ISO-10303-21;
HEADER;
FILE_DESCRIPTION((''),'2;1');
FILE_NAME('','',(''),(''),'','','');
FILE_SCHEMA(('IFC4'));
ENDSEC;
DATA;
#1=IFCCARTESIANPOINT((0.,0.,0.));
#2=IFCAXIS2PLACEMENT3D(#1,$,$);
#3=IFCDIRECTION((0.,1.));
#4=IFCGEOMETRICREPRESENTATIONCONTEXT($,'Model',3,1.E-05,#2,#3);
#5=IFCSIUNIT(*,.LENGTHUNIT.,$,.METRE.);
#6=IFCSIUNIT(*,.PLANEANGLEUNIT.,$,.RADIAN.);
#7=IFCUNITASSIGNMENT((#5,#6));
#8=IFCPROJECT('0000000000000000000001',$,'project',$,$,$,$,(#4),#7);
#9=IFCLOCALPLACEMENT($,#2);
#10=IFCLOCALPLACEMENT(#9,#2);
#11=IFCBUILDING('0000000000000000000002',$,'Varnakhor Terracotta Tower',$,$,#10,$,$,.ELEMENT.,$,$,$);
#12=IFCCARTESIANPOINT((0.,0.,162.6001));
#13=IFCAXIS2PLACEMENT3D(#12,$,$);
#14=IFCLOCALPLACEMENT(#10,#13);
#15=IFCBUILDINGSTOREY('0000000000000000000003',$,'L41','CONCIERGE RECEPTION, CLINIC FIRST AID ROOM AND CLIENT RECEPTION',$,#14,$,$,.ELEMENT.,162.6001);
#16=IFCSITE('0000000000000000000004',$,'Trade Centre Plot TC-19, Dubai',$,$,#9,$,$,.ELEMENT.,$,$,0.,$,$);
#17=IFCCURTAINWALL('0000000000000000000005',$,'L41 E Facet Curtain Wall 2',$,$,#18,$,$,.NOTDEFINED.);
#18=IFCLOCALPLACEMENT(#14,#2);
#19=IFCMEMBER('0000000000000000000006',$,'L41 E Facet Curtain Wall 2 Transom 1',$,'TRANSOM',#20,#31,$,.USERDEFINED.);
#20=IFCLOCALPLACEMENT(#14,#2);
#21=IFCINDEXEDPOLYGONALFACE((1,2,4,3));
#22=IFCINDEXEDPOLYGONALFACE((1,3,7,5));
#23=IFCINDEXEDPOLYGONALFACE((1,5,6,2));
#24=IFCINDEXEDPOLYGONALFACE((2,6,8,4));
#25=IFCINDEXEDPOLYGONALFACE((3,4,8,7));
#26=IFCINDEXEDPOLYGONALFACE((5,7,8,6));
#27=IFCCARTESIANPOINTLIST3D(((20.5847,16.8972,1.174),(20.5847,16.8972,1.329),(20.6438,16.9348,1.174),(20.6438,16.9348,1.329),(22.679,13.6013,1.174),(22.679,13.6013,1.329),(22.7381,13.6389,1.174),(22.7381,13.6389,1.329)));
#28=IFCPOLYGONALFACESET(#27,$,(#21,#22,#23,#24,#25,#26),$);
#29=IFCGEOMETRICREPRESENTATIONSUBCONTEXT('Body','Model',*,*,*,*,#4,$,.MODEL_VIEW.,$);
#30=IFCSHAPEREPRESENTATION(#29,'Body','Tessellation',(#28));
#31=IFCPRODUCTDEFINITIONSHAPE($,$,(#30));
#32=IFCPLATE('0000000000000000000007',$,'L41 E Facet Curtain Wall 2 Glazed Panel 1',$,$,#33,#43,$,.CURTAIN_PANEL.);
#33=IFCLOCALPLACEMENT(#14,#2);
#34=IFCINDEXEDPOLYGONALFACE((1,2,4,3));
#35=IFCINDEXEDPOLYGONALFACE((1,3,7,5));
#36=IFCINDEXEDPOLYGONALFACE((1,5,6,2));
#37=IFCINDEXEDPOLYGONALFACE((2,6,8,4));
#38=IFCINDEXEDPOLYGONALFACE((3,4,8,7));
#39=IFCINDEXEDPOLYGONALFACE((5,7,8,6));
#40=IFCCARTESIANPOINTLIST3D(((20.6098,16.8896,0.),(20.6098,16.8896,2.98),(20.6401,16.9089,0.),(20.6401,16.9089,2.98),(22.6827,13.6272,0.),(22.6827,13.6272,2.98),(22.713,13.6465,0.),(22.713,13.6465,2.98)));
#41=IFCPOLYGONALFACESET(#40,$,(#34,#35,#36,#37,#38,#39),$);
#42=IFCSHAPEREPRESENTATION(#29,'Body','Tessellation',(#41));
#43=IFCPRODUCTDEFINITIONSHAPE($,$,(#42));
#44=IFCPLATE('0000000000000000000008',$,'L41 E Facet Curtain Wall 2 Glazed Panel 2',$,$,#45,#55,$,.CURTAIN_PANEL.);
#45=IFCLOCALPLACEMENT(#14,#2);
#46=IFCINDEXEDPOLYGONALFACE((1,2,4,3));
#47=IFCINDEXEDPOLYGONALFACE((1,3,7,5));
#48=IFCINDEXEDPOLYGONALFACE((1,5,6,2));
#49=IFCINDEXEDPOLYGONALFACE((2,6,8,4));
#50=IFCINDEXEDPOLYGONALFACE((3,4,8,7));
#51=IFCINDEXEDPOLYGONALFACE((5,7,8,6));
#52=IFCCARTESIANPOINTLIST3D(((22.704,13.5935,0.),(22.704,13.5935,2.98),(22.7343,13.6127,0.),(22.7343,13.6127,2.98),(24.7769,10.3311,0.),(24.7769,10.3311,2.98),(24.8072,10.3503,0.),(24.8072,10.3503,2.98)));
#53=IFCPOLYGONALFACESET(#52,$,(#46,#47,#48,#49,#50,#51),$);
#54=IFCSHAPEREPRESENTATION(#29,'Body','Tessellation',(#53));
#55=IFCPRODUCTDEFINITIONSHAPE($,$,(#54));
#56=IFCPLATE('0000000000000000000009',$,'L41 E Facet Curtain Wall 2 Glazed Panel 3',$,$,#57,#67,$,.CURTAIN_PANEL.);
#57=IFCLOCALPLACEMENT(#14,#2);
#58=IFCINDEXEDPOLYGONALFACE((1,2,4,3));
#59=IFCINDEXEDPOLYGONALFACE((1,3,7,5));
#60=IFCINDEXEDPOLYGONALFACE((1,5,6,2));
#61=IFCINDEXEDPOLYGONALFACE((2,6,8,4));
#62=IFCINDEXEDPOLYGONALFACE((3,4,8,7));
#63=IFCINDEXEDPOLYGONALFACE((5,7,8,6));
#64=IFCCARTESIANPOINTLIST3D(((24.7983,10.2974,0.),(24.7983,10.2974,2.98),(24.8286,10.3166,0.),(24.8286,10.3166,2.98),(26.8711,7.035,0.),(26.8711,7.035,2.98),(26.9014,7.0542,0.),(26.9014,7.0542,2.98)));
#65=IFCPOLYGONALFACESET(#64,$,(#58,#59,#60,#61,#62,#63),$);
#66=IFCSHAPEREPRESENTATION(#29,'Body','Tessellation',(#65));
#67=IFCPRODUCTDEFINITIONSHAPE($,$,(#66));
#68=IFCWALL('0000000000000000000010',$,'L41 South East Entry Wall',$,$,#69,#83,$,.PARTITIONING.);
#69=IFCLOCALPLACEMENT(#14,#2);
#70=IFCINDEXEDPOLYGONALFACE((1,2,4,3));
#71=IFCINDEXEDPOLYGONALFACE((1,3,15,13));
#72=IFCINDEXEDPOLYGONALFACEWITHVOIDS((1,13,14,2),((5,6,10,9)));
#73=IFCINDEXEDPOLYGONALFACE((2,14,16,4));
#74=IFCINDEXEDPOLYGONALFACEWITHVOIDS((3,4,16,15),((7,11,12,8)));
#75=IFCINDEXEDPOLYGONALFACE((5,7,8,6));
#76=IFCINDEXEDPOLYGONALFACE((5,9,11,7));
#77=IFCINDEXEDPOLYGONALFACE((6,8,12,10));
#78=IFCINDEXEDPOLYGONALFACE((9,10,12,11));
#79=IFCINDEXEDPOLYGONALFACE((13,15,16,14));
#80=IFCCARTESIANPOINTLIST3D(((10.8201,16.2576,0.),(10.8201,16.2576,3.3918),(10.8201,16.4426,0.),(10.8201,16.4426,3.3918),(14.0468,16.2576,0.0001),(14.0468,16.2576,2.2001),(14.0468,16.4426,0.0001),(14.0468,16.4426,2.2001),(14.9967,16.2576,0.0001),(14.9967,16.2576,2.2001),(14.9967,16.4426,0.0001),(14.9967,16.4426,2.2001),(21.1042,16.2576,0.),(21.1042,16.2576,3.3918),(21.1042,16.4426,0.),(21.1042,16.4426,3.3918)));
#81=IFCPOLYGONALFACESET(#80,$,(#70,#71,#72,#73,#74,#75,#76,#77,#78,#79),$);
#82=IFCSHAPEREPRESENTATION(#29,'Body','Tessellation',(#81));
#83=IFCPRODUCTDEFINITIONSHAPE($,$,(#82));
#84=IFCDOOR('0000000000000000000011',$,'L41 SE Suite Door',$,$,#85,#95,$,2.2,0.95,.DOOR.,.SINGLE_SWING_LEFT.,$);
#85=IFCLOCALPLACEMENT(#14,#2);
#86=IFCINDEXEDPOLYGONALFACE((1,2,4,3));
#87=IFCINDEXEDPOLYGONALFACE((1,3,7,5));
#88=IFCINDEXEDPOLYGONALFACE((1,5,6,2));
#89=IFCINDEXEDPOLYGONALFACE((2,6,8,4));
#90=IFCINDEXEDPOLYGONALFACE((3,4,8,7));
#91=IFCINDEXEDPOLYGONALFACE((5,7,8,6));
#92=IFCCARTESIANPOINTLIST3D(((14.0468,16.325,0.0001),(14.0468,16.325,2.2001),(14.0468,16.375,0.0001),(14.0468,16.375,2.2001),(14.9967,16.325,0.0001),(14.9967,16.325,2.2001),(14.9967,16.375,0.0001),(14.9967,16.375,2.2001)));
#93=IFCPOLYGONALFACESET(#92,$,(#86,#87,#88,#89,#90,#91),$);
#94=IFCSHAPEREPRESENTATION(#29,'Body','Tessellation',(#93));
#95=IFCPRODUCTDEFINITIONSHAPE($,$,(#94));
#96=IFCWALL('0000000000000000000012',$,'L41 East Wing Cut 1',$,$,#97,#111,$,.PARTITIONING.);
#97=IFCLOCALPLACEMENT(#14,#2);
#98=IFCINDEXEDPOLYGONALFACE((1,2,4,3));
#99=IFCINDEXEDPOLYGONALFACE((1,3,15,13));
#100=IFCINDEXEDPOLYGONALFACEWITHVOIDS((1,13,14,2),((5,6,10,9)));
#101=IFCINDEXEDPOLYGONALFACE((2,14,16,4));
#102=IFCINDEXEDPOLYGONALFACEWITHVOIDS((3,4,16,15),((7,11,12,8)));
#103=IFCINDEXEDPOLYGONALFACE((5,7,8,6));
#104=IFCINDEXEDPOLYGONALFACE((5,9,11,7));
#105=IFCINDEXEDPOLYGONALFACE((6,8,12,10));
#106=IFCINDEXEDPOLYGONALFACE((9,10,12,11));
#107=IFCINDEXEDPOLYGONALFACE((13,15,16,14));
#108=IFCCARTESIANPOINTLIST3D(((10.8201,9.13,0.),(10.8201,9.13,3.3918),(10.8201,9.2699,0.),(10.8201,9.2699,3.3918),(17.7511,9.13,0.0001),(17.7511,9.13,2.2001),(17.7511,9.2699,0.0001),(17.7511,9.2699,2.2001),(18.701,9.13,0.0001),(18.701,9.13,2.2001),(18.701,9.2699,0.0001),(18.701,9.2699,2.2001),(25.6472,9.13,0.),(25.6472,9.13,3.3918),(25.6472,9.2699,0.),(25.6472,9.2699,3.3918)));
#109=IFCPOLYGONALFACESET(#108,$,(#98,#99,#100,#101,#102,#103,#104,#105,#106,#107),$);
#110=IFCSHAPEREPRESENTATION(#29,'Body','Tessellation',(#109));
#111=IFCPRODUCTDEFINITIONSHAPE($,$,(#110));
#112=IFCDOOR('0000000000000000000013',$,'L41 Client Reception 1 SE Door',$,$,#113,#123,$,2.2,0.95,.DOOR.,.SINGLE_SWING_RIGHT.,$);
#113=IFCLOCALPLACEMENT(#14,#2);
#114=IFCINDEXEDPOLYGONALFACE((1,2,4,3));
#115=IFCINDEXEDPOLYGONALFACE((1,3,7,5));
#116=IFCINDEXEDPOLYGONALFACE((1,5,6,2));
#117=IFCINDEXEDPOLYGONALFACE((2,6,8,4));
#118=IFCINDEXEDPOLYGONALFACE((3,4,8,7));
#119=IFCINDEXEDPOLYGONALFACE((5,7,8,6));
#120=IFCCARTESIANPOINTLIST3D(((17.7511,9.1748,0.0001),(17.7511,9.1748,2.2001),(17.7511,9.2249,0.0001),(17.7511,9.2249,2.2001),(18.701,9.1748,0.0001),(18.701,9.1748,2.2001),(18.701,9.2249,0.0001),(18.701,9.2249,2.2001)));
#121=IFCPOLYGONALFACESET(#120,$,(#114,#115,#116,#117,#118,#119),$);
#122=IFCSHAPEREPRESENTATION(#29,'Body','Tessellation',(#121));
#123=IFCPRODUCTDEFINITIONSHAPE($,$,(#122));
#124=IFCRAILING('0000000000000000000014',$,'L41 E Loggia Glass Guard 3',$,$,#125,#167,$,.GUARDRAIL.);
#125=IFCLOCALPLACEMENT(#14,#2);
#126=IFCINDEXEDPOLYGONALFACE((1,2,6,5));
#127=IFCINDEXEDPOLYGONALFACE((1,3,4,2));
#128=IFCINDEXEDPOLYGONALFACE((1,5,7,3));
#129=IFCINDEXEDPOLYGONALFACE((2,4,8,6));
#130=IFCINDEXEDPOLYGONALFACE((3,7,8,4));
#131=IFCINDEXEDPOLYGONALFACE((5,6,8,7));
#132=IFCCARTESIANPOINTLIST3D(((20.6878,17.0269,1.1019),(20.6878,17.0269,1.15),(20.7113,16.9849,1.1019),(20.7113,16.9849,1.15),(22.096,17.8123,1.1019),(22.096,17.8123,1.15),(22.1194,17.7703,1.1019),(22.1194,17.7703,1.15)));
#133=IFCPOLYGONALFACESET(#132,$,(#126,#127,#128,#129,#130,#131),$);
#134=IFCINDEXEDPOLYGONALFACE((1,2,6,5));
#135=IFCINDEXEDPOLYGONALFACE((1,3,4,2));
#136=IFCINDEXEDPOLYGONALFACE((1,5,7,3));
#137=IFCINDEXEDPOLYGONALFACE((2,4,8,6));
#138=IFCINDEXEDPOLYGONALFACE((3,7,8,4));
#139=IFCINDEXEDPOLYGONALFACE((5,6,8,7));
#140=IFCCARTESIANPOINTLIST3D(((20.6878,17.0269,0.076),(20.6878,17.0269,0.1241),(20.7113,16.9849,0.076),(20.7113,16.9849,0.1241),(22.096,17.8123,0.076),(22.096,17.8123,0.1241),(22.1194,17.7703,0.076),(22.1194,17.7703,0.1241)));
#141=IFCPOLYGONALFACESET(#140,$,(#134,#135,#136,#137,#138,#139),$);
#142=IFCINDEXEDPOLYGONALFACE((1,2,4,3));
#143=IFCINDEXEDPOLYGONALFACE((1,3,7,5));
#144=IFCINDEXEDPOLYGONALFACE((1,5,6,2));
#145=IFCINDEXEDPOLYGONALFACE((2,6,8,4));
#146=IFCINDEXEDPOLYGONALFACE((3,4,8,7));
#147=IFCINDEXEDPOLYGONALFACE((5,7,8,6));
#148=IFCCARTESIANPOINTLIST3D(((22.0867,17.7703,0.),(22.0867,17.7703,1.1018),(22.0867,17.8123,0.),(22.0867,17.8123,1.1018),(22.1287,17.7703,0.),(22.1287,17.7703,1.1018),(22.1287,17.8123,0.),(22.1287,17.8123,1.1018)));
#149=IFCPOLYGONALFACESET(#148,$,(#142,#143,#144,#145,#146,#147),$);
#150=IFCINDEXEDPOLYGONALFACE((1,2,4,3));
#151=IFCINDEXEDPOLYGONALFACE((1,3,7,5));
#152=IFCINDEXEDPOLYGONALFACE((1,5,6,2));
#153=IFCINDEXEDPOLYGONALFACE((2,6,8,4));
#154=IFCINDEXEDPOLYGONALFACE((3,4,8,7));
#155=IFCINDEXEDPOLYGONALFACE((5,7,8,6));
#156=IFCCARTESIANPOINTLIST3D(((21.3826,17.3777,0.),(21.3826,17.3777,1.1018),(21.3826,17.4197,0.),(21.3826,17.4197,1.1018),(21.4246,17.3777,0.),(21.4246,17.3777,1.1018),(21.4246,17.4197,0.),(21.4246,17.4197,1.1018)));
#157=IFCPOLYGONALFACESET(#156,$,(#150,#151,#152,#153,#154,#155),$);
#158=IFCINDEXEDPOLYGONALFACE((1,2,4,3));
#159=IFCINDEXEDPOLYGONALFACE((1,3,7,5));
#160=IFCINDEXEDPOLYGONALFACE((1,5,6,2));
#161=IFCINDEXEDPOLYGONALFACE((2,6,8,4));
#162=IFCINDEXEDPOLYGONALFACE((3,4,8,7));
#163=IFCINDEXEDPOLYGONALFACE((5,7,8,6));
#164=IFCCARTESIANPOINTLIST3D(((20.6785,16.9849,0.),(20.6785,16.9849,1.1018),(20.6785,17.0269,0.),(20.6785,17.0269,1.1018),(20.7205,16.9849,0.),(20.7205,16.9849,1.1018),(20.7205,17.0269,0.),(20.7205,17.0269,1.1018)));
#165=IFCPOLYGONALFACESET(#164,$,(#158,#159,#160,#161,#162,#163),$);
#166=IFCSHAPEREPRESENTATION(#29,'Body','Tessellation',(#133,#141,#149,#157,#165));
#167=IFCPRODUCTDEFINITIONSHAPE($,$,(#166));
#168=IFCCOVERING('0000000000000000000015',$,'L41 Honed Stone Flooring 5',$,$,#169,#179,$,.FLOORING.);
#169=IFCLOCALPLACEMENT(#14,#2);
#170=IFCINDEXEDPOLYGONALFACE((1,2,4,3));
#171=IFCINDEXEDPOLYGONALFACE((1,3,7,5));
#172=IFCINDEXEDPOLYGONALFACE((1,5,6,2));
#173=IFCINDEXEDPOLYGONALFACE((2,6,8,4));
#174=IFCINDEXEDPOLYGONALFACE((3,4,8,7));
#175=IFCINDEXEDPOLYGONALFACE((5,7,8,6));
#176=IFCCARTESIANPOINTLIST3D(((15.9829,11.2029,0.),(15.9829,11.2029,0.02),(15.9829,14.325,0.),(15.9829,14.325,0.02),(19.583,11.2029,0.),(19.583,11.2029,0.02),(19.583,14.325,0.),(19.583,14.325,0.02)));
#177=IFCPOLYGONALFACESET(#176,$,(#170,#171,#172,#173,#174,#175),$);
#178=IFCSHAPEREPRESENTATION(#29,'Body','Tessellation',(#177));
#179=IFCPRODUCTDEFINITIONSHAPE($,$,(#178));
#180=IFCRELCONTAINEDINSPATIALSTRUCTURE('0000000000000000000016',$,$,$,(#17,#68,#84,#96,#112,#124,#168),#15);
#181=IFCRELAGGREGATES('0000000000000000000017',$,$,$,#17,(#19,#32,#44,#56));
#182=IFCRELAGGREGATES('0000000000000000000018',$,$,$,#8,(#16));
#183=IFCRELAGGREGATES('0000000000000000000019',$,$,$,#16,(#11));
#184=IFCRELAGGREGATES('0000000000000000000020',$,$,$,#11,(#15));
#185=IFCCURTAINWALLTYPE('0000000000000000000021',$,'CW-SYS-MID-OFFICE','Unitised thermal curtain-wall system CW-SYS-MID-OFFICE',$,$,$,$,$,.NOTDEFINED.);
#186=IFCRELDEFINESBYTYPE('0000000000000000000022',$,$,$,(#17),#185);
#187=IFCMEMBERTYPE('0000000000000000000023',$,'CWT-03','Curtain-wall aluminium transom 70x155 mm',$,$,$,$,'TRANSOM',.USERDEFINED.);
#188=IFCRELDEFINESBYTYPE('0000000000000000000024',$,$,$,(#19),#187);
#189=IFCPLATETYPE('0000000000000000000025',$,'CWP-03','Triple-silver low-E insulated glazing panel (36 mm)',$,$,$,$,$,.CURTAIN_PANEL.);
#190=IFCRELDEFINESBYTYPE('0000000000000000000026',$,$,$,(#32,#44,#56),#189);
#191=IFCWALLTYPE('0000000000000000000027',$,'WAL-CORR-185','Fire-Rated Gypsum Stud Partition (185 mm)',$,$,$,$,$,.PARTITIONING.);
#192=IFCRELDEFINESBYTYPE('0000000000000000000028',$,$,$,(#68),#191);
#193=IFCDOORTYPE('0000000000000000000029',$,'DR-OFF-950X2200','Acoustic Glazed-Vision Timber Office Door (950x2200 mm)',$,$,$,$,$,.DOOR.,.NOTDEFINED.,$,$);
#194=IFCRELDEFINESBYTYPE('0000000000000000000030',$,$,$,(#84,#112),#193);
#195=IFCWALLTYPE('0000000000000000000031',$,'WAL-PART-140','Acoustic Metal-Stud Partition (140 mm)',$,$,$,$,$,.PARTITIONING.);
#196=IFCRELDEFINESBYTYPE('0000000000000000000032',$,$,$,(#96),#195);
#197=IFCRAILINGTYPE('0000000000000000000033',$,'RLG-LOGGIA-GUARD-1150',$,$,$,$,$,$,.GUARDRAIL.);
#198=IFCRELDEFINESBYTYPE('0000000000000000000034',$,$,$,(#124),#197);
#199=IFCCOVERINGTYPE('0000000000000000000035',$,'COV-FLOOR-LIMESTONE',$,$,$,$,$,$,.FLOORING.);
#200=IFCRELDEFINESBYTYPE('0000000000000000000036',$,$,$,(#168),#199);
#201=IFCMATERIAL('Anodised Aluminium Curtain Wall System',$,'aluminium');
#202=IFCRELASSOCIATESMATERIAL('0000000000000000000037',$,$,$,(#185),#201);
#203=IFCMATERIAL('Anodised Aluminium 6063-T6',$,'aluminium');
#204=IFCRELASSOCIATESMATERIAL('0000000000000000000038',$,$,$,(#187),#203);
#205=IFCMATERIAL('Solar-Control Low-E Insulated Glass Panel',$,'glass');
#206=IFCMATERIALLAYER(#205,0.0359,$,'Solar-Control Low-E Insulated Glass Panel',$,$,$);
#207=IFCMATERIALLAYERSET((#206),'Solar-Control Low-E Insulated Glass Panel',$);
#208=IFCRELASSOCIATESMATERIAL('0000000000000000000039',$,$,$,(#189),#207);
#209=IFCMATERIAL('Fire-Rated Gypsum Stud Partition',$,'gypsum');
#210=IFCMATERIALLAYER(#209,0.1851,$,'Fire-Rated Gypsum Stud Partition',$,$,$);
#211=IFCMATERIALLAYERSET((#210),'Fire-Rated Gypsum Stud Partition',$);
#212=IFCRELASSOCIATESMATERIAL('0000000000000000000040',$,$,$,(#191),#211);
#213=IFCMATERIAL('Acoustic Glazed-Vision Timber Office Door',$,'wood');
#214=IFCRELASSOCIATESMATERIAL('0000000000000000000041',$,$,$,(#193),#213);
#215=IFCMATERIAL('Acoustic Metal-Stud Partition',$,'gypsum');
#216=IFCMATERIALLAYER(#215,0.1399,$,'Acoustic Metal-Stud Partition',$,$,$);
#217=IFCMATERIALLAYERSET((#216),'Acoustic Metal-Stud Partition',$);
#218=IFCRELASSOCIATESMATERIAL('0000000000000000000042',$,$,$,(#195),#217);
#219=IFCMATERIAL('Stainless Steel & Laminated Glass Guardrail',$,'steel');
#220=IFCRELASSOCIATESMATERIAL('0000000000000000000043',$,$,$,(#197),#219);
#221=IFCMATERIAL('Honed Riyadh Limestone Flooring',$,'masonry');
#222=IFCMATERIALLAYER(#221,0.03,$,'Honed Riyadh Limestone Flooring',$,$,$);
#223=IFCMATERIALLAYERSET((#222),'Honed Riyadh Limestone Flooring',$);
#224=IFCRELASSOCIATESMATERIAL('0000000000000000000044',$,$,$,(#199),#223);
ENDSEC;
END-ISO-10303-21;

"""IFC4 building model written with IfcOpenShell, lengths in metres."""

from ifc_helpers import new_model, si_unit, direction, frame, frame_2d, origin, origin_2d, place, context, subcontext, project, spatial, rectangle, extrude, source, transform, mapped, material, layer, layer_set, material_profile, profile_set, type_object, type_shapes, element, fill, aggregate, save


model = new_model("IFC4")

# Units and contexts
model_context = context("Model", 3, precision=1e-05, world=origin(), true_north=direction((0.0, 1.0)))
body_context = subcontext(model_context, "Body", "Model", "MODEL_VIEW")
ifc_project = project(units=[si_unit("LENGTHUNIT", "METRE"), si_unit("PLANEANGLEUNIT", "RADIAN")], contexts=[model_context])

# Site, building, storey
site_placement = place(None, origin())
site = spatial("IfcSite", under=ifc_project, at=site_placement, Name="Trade Centre Plot TC-19, Dubai", CompositionType="ELEMENT", RefElevation=0.0)
building_placement = place(site_placement, origin())
building = spatial("IfcBuilding", under=site, at=building_placement, Name="Varnakhor Terracotta Tower", CompositionType="ELEMENT")
storey_placement = place(building_placement, frame((0.0, 0.0, 162.6001)))
storey = spatial("IfcBuildingStorey", under=building, at=storey_placement, Name="L41", Description="CONCIERGE RECEPTION, CLINIC FIRST AID ROOM AND CLIENT RECEPTION", CompositionType="ELEMENT", Elevation=162.6001)

# Curtain wall, member, plates
ifc_material_1 = material(Name="Anodised Aluminium Curtain Wall System", Category="aluminium")
curtain_wall_type = type_object("IfcCurtainWallType", Name="CW-SYS-MID-OFFICE", Description="Unitised thermal curtain-wall system CW-SYS-MID-OFFICE", PredefinedType="NOTDEFINED", material=ifc_material_1)
curtain_wall_placement = place(storey_placement, origin())
curtain_wall = element("IfcCurtainWall", 1, at=curtain_wall_placement, inside=storey, type_object=curtain_wall_type, Name="L41 E Facet Curtain Wall 2", PredefinedType="NOTDEFINED")
ifc_material_2 = material(Name="Anodised Aluminium 6063-T6", Category="aluminium")
ifc_material_profile_1 = material_profile(ifc_material_2, rectangle(XDim=0.0701, YDim=0.155, at=origin_2d()), Name="ALU TRANSOM 70x155")
ifc_profile_set_1 = profile_set([ifc_material_profile_1], Name="Anodised Aluminium 6063-T6")
member_type_1 = type_object("IfcMemberType", Name="CWT-03", Description="Curtain-wall aluminium transom 70x155 mm", ElementType="TRANSOM", PredefinedType="USERDEFINED", material=ifc_profile_set_1)
shared_shape_1 = source(origin(), body_context, "Body", "SweptSolid", [
    extrude(rectangle(XDim=0.0701, YDim=0.155, at=origin_2d()), origin(), (0.0, 0.0, 1.0), 3.905),
])
member_1_placement = place(storey_placement, frame((20.6143, 16.916, 1.2515), z_axis=(0.536301, -0.844027, 0.0), x_axis=(0.844027, 0.536301, 0.0)))
member_1 = element("IfcMember", 2, at=member_1_placement, type_object=member_type_1, Name="L41 E Facet Curtain Wall 2 Transom 1", ObjectType="TRANSOM", PredefinedType="USERDEFINED", context=body_context, shape_type="MappedRepresentation", body=[
    mapped(shared_shape_1, transform((0.0, 0.0, 0.0), scale=1.0)),
])
ifc_material_3 = material(Name="Solar-Control Low-E Insulated Glass Panel", Category="glass")
ifc_layer_1 = layer(ifc_material_3, 0.0359, Name="Solar-Control Low-E Insulated Glass Panel")
ifc_layer_set_1 = layer_set([ifc_layer_1], Name="Solar-Control Low-E Insulated Glass Panel")
plate_type = type_object("IfcPlateType", Name="CWP-03", Description="Triple-silver low-E insulated glazing panel (36 mm)", PredefinedType="CURTAIN_PANEL", material=ifc_layer_set_1)
shared_shape_2 = source(origin(), body_context, "Body", "SweptSolid", [
    extrude(rectangle(XDim=3.8652, YDim=0.0359, at=origin_2d()), origin(), (0.0, 0.0, 1.0), 2.98),
])
plate_1_placement = place(storey_placement, frame((21.6614, 15.2681, 0.0), z_axis=(0.0, 0.0, 1.0), x_axis=(0.536284, -0.844038, 0.0)))
plate_1 = element("IfcPlate", 3, at=plate_1_placement, type_object=plate_type, Name="L41 E Facet Curtain Wall 2 Glazed Panel 1", PredefinedType="CURTAIN_PANEL", context=body_context, shape_type="MappedRepresentation", body=[
    mapped(shared_shape_2, transform((0.0, 0.0, 0.0), scale=1.0)),
])
plate_2_placement = place(storey_placement, frame((23.7556, 11.9719, 0.0), z_axis=(0.0, 0.0, 1.0), x_axis=(0.536284, -0.844038, 0.0)))
plate_2 = element("IfcPlate", 4, at=plate_2_placement, type_object=plate_type, Name="L41 E Facet Curtain Wall 2 Glazed Panel 2", PredefinedType="CURTAIN_PANEL", context=body_context, shape_type="MappedRepresentation", body=[
    mapped(shared_shape_2, transform((0.0, 0.0, 0.0), scale=1.0)),
])
plate_3_placement = place(storey_placement, frame((25.8499, 8.6758, 0.0), z_axis=(0.0, 0.0, 1.0), x_axis=(0.536284, -0.844038, 0.0)))
plate_3 = element("IfcPlate", 5, at=plate_3_placement, type_object=plate_type, Name="L41 E Facet Curtain Wall 2 Glazed Panel 3", PredefinedType="CURTAIN_PANEL", context=body_context, shape_type="MappedRepresentation", body=[
    mapped(shared_shape_2, transform((0.0, 0.0, 0.0), scale=1.0)),
])
aggregate(curtain_wall, [member_1, plate_1, plate_2, plate_3])

# Walls, openings, doors
ifc_material_4 = material(Name="Fire-Rated Gypsum Stud Partition", Category="gypsum")
ifc_layer_2 = layer(ifc_material_4, 0.1851, Name="Fire-Rated Gypsum Stud Partition")
ifc_layer_set_2 = layer_set([ifc_layer_2], Name="Fire-Rated Gypsum Stud Partition")
wall_type_1 = type_object("IfcWallType", Name="WAL-CORR-185", Description="Fire-Rated Gypsum Stud Partition (185 mm)", PredefinedType="PARTITIONING", material=ifc_layer_set_2)
wall_1_placement = place(storey_placement, frame((10.8201, 16.3501, 0.0), z_axis=(0.0, 0.0, 1.0), x_axis=(1.0, 0.0, 0.0)))
wall_1 = element("IfcWall", 6, at=wall_1_placement, inside=storey, type_object=wall_type_1, Name="L41 South East Entry Wall", PredefinedType="PARTITIONING", context=body_context, shape_type="SweptSolid", body=[
    extrude(rectangle(XDim=10.2842, YDim=0.1851, at=frame_2d((5.1421, 0.0))), origin(), (0.0, 0.0, 1.0), 3.3918),
])
opening_1_placement = place(wall_1_placement, frame((3.2266, 0.0, 0.0)))
opening_1 = element("IfcOpeningElement", 7, at=opening_1_placement, cuts=wall_1, PredefinedType="OPENING", context=body_context, shape_type="SweptSolid", body=[
    extrude(rectangle(XDim=0.95, YDim=2.2, at=frame_2d((0.4751, 1.1001))), frame((0.0, 0.1025, 0.0), z_axis=(0.0, -1.0, 0.0), x_axis=(1.0, 0.0, 0.0)), (0.0, 0.0, 1.0), 0.2051),
])
ifc_material_5 = material(Name="Acoustic Glazed-Vision Timber Office Door", Category="wood")
door_type = type_object("IfcDoorType", Name="DR-OFF-950X2200", Description="Acoustic Glazed-Vision Timber Office Door (950x2200 mm)", OperationType="NOTDEFINED", PredefinedType="DOOR", material=ifc_material_5)
shared_shape_3 = source(origin(), body_context, "Body", "SweptSolid", [
    extrude(rectangle(XDim=0.95, YDim=2.2, at=frame_2d((0.4751, 1.1001))), frame((0.0, 0.0249, 0.0), z_axis=(0.0, -1.0, 0.0), x_axis=(1.0, 0.0, 0.0)), (0.0, 0.0, 1.0), 0.05),
])
type_shapes(door_type, [shared_shape_3])
door_1_placement = place(opening_1_placement, origin())
door_1 = element("IfcDoor", 8, at=door_1_placement, inside=storey, type_object=door_type, Name="L41 SE Suite Door", OperationType="SINGLE_SWING_LEFT", OverallHeight=2.2, OverallWidth=0.95, PredefinedType="DOOR", context=body_context, shape_type="MappedRepresentation", body=[
    mapped(shared_shape_3, transform((0.0, 0.0, 0.0), scale=1.0)),
])
fill(opening_1, door_1)
ifc_material_6 = material(Name="Acoustic Metal-Stud Partition", Category="gypsum")
ifc_layer_3 = layer(ifc_material_6, 0.1399, Name="Acoustic Metal-Stud Partition")
ifc_layer_set_3 = layer_set([ifc_layer_3], Name="Acoustic Metal-Stud Partition")
wall_type_2 = type_object("IfcWallType", Name="WAL-PART-140", Description="Acoustic Metal-Stud Partition (140 mm)", PredefinedType="PARTITIONING", material=ifc_layer_set_3)
wall_2_placement = place(storey_placement, frame((10.8201, 9.2, 0.0), z_axis=(0.0, 0.0, 1.0), x_axis=(1.0, 0.0, 0.0)))
wall_2 = element("IfcWall", 9, at=wall_2_placement, inside=storey, type_object=wall_type_2, Name="L41 East Wing Cut 1", PredefinedType="PARTITIONING", context=body_context, shape_type="SweptSolid", body=[
    extrude(rectangle(XDim=14.8271, YDim=0.1399, at=frame_2d((7.4136, 0.0))), origin(), (0.0, 0.0, 1.0), 3.3918),
])
opening_2_placement = place(wall_2_placement, frame((6.9309, 0.0, 0.0)))
opening_2 = element("IfcOpeningElement", 10, at=opening_2_placement, cuts=wall_2, PredefinedType="OPENING", context=body_context, shape_type="SweptSolid", body=[
    extrude(rectangle(XDim=0.95, YDim=2.2, at=frame_2d((0.4751, 1.1001))), frame((0.0, 0.0801, 0.0), z_axis=(0.0, -1.0, 0.0), x_axis=(1.0, 0.0, 0.0)), (0.0, 0.0, 1.0), 0.1599),
])
door_2_placement = place(opening_2_placement, origin())
door_2 = element("IfcDoor", 11, at=door_2_placement, inside=storey, type_object=door_type, Name="L41 Client Reception 1 SE Door", OperationType="SINGLE_SWING_RIGHT", OverallHeight=2.2, OverallWidth=0.95, PredefinedType="DOOR", context=body_context, shape_type="MappedRepresentation", body=[
    mapped(shared_shape_3, transform((0.0, 0.0, 0.0), scale=1.0)),
])
fill(opening_2, door_2)

# Railing
ifc_material_7 = material(Name="Stainless Steel & Laminated Glass Guardrail", Category="steel")
railing_type = type_object("IfcRailingType", Name="RLG-LOGGIA-GUARD-1150", PredefinedType="GUARDRAIL", material=ifc_material_7)
railing_placement = place(storey_placement, frame((22.1077, 17.7913, 0.0)))
element("IfcRailing", 12, at=railing_placement, inside=storey, type_object=railing_type, Name="L41 E Loggia Glass Guard 3", PredefinedType="GUARDRAIL", context=body_context, shape_type="SweptSolid", body=[
    extrude(rectangle(XDim=0.0481, YDim=0.0481, at=origin_2d()), frame((0.0, 0.0, 1.126), z_axis=(-0.873349, -0.487095, 0.0), x_axis=(0.487095, -0.873349, 0.0)), (0.0, 0.0, 1.0), 1.6123),
    extrude(rectangle(XDim=0.0481, YDim=0.0481, at=origin_2d()), frame((0.0, 0.0, 0.1001), z_axis=(-0.873349, -0.487095, 0.0), x_axis=(0.487095, -0.873349, 0.0)), (0.0, 0.0, 1.0), 1.6123),
    extrude(rectangle(XDim=0.042, YDim=0.042, at=origin_2d()), origin(), (0.0, 0.0, 1.0), 1.1018),
    extrude(rectangle(XDim=0.042, YDim=0.042, at=origin_2d()), frame((-0.7041, -0.3926, 0.0)), (0.0, 0.0, 1.0), 1.1018),
    extrude(rectangle(XDim=0.042, YDim=0.042, at=origin_2d()), frame((-1.4082, -0.7854, 0.0)), (0.0, 0.0, 1.0), 1.1018),
])

# Covering
ifc_material_8 = material(Name="Honed Riyadh Limestone Flooring", Category="masonry")
ifc_layer_4 = layer(ifc_material_8, 0.03, Name="Honed Riyadh Limestone Flooring")
ifc_layer_set_4 = layer_set([ifc_layer_4], Name="Honed Riyadh Limestone Flooring")
covering_type = type_object("IfcCoveringType", Name="COV-FLOOR-LIMESTONE", PredefinedType="FLOORING", material=ifc_layer_set_4)
shared_shape_4 = source(origin(), body_context, "Body", "SweptSolid", [
    extrude(rectangle(XDim=3.6001, YDim=3.1221, at=origin_2d()), origin(), (0.0, 0.0, 1.0), 0.02),
])
covering_placement = place(storey_placement, frame((17.783, 12.7639, 0.0), z_axis=(0.0, 0.0, 1.0), x_axis=(1.0, 0.0, 0.0)))
element("IfcCovering", 13, at=covering_placement, inside=storey, type_object=covering_type, Name="L41 Honed Stone Flooring 5", PredefinedType="FLOORING", context=body_context, shape_type="MappedRepresentation", body=[
    mapped(shared_shape_4, transform((0.0, 0.0, 0.0), scale=1.0)),
])

save(model, "model.ifc")
